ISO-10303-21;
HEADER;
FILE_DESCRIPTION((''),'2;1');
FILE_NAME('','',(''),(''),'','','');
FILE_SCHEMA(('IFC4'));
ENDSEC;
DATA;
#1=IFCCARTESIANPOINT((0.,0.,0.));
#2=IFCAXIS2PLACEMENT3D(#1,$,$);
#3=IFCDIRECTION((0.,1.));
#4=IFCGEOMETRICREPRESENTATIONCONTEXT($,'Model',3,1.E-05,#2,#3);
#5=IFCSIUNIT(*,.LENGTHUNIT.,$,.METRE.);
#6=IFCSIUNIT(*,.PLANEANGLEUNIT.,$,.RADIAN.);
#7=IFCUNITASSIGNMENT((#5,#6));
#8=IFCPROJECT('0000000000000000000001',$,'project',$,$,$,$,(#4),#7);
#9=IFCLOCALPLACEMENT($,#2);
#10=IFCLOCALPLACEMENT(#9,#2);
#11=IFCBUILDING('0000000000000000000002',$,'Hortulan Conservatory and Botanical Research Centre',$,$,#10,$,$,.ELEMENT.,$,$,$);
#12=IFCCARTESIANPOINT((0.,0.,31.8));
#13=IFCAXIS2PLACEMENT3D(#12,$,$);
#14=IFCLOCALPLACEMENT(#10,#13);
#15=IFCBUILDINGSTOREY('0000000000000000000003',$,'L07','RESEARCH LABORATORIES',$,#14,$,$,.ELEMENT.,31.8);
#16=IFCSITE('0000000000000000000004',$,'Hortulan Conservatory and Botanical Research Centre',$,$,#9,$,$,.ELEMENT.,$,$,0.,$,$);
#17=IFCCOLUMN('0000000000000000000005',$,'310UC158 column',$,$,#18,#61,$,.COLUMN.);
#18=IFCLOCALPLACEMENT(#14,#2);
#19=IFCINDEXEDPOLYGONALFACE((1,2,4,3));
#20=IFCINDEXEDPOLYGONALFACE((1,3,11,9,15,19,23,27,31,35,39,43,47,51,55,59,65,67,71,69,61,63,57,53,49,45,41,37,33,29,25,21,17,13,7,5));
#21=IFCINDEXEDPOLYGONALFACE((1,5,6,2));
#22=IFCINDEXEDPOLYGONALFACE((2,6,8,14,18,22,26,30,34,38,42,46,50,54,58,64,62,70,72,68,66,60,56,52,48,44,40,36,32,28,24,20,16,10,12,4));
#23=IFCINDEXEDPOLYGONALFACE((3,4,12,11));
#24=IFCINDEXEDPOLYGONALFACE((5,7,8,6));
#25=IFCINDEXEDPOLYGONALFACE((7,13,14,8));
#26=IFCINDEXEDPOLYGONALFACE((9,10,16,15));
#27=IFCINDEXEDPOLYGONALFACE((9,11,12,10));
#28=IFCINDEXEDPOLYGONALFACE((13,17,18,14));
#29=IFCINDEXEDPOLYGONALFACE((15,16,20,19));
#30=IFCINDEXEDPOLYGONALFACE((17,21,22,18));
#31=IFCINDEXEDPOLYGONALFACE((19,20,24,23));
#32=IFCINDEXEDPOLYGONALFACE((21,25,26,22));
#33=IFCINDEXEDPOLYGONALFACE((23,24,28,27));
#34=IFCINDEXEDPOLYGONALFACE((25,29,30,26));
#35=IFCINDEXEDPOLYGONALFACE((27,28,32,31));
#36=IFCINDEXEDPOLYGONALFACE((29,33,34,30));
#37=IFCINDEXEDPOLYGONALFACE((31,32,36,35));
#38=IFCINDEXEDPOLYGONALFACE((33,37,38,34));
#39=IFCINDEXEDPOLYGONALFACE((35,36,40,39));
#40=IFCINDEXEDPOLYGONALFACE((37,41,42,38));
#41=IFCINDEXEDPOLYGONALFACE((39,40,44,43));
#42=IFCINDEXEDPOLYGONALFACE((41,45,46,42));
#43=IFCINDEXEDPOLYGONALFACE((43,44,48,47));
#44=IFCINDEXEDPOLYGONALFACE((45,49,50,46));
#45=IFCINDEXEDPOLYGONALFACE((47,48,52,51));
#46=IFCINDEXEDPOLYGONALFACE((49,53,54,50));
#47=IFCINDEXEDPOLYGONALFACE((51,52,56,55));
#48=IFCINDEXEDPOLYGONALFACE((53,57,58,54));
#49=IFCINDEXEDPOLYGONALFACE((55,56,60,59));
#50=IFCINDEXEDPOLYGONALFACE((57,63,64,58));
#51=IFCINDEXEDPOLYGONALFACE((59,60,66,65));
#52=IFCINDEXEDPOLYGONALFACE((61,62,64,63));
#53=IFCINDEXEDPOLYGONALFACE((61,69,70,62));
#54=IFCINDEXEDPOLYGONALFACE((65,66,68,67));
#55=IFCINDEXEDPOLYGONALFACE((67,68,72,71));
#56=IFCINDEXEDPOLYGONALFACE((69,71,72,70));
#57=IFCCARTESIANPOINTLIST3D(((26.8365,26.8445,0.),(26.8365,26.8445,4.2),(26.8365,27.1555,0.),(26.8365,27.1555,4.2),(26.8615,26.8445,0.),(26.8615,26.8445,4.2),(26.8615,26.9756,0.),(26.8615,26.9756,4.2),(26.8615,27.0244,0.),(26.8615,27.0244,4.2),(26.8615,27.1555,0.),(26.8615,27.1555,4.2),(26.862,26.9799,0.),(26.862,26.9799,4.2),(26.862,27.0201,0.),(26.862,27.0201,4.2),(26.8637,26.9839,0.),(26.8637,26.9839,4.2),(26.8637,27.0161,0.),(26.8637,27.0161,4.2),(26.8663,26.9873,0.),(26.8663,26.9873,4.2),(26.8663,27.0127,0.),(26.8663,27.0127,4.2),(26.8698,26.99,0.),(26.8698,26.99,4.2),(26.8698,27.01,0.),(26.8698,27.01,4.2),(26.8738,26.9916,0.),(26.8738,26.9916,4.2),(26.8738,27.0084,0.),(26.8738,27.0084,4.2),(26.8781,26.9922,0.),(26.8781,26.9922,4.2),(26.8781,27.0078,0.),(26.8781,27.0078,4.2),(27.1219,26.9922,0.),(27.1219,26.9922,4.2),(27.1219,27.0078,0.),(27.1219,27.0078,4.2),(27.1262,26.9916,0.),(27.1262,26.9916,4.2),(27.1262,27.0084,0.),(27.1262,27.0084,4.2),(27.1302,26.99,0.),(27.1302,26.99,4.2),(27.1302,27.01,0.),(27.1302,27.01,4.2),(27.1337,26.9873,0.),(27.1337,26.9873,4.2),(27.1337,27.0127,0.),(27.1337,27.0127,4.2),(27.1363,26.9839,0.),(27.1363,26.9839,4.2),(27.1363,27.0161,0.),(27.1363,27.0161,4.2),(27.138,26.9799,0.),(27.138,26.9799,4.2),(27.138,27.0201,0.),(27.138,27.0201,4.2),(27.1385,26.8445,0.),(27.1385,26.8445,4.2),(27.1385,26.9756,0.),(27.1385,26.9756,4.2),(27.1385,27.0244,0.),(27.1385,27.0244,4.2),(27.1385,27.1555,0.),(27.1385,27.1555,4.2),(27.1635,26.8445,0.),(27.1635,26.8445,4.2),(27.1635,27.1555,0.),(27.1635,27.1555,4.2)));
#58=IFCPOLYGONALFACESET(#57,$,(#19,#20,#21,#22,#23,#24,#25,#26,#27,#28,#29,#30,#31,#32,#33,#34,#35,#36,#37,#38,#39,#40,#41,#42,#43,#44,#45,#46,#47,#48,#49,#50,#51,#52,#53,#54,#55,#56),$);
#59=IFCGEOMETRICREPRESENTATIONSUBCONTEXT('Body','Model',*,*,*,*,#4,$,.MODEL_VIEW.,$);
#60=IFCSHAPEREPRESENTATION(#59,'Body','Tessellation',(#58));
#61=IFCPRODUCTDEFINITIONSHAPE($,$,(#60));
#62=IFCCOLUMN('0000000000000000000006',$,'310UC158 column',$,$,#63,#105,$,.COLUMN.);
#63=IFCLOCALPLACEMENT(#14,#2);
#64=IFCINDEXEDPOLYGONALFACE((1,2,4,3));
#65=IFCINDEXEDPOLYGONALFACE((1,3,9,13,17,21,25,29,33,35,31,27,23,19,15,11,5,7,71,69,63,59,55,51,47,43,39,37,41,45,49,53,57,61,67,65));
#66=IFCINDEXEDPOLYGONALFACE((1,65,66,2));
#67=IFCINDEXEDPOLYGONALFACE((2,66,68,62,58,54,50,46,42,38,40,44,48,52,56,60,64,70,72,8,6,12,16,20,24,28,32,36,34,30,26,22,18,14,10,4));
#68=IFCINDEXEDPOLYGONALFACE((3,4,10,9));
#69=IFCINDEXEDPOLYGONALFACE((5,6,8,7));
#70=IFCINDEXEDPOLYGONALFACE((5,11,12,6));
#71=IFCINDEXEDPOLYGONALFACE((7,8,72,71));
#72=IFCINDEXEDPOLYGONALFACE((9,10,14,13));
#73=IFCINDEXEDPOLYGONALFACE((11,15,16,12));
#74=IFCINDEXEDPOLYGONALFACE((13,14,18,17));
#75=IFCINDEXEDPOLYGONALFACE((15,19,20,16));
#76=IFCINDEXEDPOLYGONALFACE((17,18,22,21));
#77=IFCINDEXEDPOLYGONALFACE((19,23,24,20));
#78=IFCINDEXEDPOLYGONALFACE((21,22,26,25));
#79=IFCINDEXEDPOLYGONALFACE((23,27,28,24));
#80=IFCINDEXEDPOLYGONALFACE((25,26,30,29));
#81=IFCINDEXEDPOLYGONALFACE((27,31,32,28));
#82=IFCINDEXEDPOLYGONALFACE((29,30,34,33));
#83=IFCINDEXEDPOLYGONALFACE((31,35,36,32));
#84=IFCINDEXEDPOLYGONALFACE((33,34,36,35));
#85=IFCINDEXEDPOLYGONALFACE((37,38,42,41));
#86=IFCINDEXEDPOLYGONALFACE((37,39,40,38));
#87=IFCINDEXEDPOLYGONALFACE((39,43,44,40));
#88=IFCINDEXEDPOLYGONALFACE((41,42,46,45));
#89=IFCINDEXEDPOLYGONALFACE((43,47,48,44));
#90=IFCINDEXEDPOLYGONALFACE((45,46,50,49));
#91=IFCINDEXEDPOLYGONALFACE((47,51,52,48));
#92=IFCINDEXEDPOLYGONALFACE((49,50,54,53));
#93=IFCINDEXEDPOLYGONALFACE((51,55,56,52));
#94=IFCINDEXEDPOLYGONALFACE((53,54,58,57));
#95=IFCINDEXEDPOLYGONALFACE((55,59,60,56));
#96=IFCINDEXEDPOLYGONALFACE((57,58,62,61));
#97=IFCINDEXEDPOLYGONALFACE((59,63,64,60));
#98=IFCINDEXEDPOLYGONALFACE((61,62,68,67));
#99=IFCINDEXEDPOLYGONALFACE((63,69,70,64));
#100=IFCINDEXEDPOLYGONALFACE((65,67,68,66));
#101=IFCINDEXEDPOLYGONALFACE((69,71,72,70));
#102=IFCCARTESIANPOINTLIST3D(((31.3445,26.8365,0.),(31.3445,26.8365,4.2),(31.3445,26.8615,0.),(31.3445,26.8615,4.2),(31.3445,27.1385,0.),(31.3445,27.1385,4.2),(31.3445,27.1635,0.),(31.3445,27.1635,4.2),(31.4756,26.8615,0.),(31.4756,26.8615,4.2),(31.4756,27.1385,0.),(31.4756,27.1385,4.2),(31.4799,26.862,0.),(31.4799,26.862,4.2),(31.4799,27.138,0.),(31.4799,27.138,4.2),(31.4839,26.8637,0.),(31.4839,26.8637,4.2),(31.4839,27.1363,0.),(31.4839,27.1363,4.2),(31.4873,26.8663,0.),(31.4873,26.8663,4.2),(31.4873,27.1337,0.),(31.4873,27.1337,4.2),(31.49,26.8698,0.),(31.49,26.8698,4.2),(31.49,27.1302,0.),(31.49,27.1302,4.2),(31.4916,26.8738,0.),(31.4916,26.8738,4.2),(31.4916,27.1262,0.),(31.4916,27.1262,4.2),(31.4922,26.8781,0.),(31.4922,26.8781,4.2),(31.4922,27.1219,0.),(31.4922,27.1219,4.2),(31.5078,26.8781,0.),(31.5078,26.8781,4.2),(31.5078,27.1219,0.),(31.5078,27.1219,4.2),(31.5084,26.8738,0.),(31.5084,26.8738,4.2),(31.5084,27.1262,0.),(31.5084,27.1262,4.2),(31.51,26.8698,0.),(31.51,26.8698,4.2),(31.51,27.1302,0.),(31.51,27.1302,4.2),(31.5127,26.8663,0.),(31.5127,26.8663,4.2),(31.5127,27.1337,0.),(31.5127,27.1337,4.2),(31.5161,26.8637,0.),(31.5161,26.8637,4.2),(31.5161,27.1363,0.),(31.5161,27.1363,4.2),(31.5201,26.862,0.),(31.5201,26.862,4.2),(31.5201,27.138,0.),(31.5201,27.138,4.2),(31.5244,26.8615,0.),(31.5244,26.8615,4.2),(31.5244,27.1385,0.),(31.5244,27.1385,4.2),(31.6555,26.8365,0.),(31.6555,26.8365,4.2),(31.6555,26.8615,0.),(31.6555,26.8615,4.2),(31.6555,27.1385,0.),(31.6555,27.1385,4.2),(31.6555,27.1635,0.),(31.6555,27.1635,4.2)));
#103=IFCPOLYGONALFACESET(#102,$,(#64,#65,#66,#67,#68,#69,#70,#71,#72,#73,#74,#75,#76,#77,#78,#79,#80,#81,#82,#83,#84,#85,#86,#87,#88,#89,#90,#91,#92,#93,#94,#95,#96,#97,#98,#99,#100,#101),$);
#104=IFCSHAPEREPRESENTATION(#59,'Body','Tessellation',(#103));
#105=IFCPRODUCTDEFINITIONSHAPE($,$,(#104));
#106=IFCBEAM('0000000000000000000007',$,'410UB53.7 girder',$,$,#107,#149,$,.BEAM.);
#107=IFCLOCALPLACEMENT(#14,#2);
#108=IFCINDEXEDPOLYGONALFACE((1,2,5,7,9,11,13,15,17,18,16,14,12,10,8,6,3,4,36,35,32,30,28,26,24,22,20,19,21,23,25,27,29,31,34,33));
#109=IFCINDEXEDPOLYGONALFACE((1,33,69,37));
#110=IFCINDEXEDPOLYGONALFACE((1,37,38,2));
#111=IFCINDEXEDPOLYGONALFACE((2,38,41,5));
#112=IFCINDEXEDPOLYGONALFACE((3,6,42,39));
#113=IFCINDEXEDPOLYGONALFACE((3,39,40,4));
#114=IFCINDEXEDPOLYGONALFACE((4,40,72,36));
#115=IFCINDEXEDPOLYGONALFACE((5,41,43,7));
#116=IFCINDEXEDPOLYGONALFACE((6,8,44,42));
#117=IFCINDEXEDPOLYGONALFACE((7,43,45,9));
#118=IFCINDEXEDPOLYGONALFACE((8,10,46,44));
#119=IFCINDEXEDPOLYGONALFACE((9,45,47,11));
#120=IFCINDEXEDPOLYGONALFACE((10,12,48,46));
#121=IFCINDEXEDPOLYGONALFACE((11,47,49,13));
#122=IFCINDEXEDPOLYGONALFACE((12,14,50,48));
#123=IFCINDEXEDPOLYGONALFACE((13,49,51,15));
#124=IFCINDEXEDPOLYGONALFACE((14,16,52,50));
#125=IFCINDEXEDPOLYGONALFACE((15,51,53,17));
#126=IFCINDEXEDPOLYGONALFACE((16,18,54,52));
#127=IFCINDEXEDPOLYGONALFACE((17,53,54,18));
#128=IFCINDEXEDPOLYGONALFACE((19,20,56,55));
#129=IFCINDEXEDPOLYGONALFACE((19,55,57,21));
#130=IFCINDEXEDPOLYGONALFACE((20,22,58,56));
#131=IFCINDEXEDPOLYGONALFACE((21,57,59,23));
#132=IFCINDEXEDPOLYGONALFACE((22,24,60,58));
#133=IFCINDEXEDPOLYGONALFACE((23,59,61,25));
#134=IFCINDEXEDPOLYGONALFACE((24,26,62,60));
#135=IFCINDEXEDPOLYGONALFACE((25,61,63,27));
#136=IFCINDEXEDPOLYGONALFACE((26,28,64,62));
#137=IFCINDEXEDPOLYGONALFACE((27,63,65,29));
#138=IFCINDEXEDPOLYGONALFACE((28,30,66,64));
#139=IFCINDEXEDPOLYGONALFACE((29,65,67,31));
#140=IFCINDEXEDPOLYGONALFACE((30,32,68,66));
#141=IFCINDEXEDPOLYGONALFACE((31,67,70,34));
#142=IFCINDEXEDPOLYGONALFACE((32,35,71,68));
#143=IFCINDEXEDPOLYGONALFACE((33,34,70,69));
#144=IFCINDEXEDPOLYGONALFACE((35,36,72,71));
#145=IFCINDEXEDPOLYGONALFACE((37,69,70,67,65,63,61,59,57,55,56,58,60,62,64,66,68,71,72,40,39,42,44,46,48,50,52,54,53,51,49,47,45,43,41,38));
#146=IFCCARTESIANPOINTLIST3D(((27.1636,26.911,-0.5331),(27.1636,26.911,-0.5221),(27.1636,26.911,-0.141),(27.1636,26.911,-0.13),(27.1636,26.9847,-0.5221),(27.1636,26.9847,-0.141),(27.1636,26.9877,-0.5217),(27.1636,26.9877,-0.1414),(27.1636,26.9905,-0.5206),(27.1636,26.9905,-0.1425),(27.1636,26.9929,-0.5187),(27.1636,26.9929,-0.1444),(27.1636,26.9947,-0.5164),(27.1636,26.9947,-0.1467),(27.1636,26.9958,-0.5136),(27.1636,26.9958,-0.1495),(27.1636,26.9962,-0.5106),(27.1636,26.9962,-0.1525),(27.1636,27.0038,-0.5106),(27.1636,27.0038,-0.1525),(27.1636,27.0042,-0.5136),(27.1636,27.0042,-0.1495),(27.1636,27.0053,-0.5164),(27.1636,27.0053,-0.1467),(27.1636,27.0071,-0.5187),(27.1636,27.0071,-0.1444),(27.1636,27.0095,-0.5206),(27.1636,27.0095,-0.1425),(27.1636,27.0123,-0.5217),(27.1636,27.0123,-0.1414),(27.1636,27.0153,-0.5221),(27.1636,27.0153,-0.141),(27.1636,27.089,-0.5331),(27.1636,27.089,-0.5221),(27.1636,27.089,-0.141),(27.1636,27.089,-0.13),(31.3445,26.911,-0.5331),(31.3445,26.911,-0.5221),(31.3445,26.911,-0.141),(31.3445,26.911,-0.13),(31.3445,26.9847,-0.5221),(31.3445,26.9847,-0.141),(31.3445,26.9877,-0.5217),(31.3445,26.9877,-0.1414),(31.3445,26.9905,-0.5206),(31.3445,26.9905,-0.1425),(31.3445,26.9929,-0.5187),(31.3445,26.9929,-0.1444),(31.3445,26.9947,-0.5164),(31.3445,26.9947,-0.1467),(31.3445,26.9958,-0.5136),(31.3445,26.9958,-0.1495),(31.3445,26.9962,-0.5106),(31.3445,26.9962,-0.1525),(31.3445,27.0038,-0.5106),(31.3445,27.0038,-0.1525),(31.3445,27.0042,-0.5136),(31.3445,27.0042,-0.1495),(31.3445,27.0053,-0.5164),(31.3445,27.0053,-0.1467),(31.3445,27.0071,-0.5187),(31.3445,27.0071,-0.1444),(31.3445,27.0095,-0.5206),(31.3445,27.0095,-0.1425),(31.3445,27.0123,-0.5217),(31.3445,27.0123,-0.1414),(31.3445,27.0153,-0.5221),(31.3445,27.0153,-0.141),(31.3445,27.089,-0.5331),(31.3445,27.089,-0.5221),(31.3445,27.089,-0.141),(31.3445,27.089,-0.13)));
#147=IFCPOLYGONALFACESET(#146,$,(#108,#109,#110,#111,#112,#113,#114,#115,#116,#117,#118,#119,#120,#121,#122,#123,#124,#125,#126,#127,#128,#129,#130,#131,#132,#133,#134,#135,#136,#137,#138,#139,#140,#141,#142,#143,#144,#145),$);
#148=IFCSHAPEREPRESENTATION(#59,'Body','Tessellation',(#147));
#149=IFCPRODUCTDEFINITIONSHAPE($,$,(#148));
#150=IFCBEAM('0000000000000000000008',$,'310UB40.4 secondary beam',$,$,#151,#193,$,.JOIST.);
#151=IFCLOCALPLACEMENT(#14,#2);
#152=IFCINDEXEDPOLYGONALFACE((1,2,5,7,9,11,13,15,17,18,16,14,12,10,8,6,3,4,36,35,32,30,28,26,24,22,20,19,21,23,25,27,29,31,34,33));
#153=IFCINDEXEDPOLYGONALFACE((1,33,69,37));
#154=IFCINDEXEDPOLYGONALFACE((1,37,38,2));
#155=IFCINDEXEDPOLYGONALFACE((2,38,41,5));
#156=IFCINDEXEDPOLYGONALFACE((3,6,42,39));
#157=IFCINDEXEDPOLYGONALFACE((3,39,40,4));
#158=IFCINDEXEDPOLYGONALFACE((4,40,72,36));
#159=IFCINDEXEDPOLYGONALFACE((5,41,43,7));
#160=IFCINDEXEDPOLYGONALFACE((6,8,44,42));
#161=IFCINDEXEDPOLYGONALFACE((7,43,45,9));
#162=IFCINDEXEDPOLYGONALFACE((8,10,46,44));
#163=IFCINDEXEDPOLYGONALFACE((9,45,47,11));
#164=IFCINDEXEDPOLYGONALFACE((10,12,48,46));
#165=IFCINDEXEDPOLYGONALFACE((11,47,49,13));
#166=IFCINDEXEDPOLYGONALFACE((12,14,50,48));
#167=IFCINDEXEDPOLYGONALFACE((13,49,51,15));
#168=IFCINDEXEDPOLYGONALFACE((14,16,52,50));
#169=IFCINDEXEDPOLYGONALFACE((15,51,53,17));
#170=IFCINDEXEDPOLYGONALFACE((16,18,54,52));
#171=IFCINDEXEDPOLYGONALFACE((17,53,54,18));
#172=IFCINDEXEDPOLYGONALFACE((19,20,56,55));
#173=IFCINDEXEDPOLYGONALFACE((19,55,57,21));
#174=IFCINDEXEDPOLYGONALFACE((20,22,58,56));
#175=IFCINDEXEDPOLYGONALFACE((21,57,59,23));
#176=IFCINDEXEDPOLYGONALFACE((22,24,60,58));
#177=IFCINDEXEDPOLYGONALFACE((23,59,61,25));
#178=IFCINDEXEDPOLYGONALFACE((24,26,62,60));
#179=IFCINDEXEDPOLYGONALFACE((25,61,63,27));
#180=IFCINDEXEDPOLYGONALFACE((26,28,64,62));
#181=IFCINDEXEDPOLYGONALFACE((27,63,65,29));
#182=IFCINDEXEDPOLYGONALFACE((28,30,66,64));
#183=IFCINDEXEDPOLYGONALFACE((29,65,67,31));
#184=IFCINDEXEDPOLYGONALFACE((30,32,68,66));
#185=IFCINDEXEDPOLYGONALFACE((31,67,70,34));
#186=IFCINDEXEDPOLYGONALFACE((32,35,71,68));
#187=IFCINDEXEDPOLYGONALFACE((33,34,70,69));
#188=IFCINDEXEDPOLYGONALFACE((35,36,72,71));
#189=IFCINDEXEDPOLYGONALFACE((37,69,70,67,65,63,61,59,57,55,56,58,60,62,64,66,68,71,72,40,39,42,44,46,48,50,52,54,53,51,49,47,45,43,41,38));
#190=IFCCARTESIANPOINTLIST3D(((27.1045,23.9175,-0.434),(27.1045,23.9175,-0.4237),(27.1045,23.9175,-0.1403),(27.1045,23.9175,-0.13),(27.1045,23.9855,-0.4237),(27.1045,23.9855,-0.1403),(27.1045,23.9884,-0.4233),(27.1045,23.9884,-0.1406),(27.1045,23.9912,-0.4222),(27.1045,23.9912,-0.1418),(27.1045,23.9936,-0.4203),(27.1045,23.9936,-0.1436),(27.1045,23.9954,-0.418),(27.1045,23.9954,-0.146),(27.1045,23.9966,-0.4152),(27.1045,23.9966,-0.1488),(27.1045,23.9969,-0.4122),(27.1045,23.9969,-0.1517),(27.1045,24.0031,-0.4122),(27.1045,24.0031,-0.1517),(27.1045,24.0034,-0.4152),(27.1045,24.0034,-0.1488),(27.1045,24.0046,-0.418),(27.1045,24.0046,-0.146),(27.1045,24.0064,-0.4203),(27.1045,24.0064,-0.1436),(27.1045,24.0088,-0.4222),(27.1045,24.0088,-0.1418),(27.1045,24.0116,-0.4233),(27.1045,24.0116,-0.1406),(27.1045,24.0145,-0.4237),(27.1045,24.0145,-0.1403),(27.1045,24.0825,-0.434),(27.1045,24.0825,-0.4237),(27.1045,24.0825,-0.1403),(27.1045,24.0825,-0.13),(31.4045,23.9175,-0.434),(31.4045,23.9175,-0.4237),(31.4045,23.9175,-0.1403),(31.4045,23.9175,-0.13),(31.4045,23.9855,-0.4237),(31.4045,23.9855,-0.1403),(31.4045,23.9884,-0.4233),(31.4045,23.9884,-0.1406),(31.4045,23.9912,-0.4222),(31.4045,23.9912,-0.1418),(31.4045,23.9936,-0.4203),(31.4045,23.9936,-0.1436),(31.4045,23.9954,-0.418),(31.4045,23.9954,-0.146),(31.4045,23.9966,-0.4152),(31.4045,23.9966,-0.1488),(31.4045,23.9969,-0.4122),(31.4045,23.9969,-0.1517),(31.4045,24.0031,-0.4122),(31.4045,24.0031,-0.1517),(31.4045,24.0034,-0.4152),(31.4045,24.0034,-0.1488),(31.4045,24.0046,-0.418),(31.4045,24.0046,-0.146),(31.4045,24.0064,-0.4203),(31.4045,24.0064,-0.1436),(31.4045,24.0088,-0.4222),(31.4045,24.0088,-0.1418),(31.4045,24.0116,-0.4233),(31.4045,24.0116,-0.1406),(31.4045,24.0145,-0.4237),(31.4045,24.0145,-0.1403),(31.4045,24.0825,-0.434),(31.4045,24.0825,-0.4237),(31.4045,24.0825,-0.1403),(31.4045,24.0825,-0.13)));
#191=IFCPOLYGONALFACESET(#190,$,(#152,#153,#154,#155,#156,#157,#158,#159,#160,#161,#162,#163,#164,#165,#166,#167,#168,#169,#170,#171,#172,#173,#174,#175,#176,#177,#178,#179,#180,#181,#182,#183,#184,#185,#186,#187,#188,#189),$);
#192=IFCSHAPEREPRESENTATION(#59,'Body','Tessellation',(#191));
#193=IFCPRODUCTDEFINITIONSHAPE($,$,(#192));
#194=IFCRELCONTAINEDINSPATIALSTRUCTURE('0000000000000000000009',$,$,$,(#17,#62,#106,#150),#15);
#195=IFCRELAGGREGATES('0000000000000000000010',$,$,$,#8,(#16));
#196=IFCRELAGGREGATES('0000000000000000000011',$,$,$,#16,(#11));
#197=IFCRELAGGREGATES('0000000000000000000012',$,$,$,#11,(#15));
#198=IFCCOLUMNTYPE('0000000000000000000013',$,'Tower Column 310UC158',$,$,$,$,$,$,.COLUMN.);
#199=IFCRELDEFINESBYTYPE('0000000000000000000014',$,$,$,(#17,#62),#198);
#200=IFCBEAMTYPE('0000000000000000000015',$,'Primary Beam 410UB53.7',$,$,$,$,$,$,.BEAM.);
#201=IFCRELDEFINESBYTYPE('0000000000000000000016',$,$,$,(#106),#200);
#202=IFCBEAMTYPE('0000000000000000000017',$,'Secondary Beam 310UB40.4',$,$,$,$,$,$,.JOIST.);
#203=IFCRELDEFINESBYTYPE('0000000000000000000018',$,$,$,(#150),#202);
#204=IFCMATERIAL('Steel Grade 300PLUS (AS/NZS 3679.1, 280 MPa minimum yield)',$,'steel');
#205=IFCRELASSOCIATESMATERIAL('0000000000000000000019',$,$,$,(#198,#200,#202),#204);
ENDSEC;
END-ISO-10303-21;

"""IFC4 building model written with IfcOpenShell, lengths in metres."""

from ifc_helpers import new_model, si_unit, direction, frame, origin, origin_2d, place, context, subcontext, project, spatial, i_section, extrude, material, material_profile, profile_set, type_object, element, save


model = new_model("IFC4")

# Units and contexts
model_context = context("Model", 3, precision=1e-05, world=origin(), true_north=direction((0.0, 1.0)))
body_context = subcontext(model_context, "Body", "Model", "MODEL_VIEW")
ifc_project = project(units=[si_unit("LENGTHUNIT", "METRE"), si_unit("PLANEANGLEUNIT", "RADIAN")], contexts=[model_context])

# Site, building, storey
site_placement = place(None, origin())
site = spatial("IfcSite", under=ifc_project, at=site_placement, Name="Hortulan Conservatory and Botanical Research Centre", CompositionType="ELEMENT", RefElevation=0.0)
building_placement = place(site_placement, origin())
building = spatial("IfcBuilding", under=site, at=building_placement, Name="Hortulan Conservatory and Botanical Research Centre", CompositionType="ELEMENT")
storey_placement = place(building_placement, frame((0.0, 0.0, 31.8)))
storey = spatial("IfcBuildingStorey", under=building, at=storey_placement, Name="L07", Description="RESEARCH LABORATORIES", CompositionType="ELEMENT", Elevation=31.8)

# Columns
ifc_material_1 = material(Name="Steel Grade 300PLUS (AS/NZS 3679.1, 280 MPa minimum yield)", Category="steel")
ifc_material_profile_1 = material_profile(ifc_material_1, i_section(OverallWidth=0.311, OverallDepth=0.3269, WebThickness=0.0156, FlangeThickness=0.0249, FilletRadius=0.0166, at=origin_2d()), Name="310UC158")
ifc_profile_set_1 = profile_set([ifc_material_profile_1], Name="Steel Grade 300PLUS (AS/NZS 3679.1, 280 MPa minimum yield)")
column_type = type_object("IfcColumnType", Name="Tower Column 310UC158", PredefinedType="COLUMN", material=ifc_profile_set_1)
for number, where, z_axis, x_axis, name in (
    (1, (27.0, 27.0, 0.0), (0.0, 0.0, 1.0), (0.0, 1.0, 0.0), "310UC158 column"),
    (2, (31.5, 27.0, 0.0), (0.0, 0.0, 1.0), (1.0, 0.0, 0.0), "310UC158 column"),
):
    element("IfcColumn", number, at=place(storey_placement, frame(where, z_axis=z_axis, x_axis=x_axis)), inside=storey, type_object=column_type, Name=name, PredefinedType="COLUMN", context=body_context, shape_type="SweptSolid", body=[
        extrude(i_section(OverallWidth=0.311, OverallDepth=0.3269, WebThickness=0.0156, FlangeThickness=0.0249, FilletRadius=0.0166, at=origin_2d()), origin(), (0.0, 0.0, 1.0), 4.2),
    ])

# Beams
ifc_material_profile_2 = material_profile(ifc_material_1, i_section(OverallWidth=0.178, OverallDepth=0.4031, WebThickness=0.0076, FlangeThickness=0.011, FilletRadius=0.0115, at=origin_2d()), Name="410UB53.7")
ifc_profile_set_2 = profile_set([ifc_material_profile_2], Name="Steel Grade 300PLUS (AS/NZS 3679.1, 280 MPa minimum yield)")
beam_type_1 = type_object("IfcBeamType", Name="Primary Beam 410UB53.7", PredefinedType="BEAM", material=ifc_profile_set_2)
beam_1_placement = place(storey_placement, frame((27.1636, 27.0, -0.3315), z_axis=(1.0, 0.0, 0.0), x_axis=(0.0, 1.0, 0.0)))
element("IfcBeam", 3, at=beam_1_placement, inside=storey, type_object=beam_type_1, Name="410UB53.7 girder", PredefinedType="BEAM", context=body_context, shape_type="SweptSolid", body=[
    extrude(i_section(OverallWidth=0.178, OverallDepth=0.4031, WebThickness=0.0076, FlangeThickness=0.011, FilletRadius=0.0115, at=origin_2d()), origin(), (0.0, 0.0, 1.0), 4.1809),
])
ifc_material_profile_3 = material_profile(ifc_material_1, i_section(OverallWidth=0.165, OverallDepth=0.304, WebThickness=0.0061, FlangeThickness=0.0103, FilletRadius=0.0115, at=origin_2d()), Name="310UB40.4")
ifc_profile_set_3 = profile_set([ifc_material_profile_3], Name="Steel Grade 300PLUS (AS/NZS 3679.1, 280 MPa minimum yield)")
beam_type_2 = type_object("IfcBeamType", Name="Secondary Beam 310UB40.4", PredefinedType="JOIST", material=ifc_profile_set_3)
beam_2_placement = place(storey_placement, frame((27.1045, 24.0, -0.282), z_axis=(1.0, 0.0, 0.0), x_axis=(0.0, 1.0, 0.0)))
element("IfcBeam", 4, at=beam_2_placement, inside=storey, type_object=beam_type_2, Name="310UB40.4 secondary beam", PredefinedType="JOIST", context=body_context, shape_type="SweptSolid", body=[
    extrude(i_section(OverallWidth=0.165, OverallDepth=0.304, WebThickness=0.0061, FlangeThickness=0.0103, FilletRadius=0.0115, at=origin_2d()), origin(), (0.0, 0.0, 1.0), 4.3),
])

save(model, "model.ifc")
